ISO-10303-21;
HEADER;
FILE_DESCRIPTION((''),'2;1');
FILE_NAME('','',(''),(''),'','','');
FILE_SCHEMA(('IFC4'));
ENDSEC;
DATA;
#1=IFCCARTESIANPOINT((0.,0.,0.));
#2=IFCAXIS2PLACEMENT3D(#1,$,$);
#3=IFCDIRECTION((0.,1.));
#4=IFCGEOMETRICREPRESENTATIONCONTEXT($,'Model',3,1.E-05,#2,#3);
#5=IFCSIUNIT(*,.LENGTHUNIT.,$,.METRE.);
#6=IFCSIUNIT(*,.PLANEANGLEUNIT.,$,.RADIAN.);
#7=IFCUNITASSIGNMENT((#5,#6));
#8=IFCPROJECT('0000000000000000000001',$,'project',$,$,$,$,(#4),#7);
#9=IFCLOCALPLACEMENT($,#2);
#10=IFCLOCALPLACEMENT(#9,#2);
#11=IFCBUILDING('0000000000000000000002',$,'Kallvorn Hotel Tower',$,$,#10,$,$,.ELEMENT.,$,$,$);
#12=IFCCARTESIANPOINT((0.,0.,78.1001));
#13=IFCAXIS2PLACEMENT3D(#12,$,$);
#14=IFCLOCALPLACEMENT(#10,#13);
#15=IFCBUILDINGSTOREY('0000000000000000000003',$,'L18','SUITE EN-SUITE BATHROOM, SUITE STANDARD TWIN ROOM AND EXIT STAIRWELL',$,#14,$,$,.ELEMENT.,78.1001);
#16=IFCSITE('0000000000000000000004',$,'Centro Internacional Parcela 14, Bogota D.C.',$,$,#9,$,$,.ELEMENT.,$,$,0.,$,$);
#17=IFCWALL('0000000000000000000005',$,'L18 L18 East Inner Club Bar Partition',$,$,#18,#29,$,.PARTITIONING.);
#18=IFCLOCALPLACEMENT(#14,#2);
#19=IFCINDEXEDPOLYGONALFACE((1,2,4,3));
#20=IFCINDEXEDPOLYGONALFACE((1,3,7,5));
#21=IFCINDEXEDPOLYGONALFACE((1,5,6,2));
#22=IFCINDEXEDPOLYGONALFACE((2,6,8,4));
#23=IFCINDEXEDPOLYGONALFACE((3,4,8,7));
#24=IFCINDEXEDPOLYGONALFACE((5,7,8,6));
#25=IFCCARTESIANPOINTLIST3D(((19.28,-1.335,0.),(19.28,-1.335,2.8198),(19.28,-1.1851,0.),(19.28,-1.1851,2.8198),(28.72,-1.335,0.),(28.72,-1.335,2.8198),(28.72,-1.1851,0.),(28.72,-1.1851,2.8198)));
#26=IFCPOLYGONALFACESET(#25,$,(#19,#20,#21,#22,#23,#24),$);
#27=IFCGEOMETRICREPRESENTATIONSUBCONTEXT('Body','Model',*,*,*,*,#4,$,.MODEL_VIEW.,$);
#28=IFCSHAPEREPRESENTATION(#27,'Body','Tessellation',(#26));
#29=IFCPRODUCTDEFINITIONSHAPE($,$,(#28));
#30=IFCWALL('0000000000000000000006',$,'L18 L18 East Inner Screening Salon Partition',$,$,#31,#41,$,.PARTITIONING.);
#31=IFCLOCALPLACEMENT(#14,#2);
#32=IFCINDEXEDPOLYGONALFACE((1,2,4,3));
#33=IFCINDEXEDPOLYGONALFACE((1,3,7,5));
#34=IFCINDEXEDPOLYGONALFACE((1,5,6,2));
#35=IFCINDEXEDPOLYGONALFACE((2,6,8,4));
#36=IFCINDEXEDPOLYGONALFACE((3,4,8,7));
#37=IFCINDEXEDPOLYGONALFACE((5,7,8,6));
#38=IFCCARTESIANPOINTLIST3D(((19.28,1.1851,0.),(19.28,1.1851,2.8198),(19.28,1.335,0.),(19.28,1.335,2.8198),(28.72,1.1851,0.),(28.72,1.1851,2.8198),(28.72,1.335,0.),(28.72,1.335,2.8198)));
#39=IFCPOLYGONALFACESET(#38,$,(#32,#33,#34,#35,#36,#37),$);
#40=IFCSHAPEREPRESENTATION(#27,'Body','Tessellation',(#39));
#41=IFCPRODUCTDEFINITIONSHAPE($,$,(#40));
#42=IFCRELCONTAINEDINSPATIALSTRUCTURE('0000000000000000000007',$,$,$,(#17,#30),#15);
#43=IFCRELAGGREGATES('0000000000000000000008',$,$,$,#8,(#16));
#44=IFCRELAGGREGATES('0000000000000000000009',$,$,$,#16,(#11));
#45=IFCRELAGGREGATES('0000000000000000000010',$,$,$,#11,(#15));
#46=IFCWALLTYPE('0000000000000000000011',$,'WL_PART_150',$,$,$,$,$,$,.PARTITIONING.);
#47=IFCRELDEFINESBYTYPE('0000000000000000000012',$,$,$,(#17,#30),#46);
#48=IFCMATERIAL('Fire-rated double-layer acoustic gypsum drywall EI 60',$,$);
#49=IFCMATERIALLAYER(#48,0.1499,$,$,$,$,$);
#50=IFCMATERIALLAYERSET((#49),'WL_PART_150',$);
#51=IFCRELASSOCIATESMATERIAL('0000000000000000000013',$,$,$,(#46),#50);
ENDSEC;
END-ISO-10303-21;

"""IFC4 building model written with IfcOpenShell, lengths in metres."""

from ifc_helpers import new_model, si_unit, direction, frame, frame_2d, origin, place, context, subcontext, project, spatial, rectangle, extrude, material, layer, layer_set, type_object, element, save


model = new_model("IFC4")

# Units and contexts
model_context = context("Model", 3, precision=1e-05, world=origin(), true_north=direction((0.0, 1.0)))
body_context = subcontext(model_context, "Body", "Model", "MODEL_VIEW")
ifc_project = project(units=[si_unit("LENGTHUNIT", "METRE"), si_unit("PLANEANGLEUNIT", "RADIAN")], contexts=[model_context])

# Site, building, storey
site_placement = place(None, origin())
site = spatial("IfcSite", under=ifc_project, at=site_placement, Name="Centro Internacional Parcela 14, Bogota D.C.", CompositionType="ELEMENT", RefElevation=0.0)
building_placement = place(site_placement, origin())
building = spatial("IfcBuilding", under=site, at=building_placement, Name="Kallvorn Hotel Tower", CompositionType="ELEMENT")
storey_placement = place(building_placement, frame((0.0, 0.0, 78.1001)))
storey = spatial("IfcBuildingStorey", under=building, at=storey_placement, Name="L18", Description="SUITE EN-SUITE BATHROOM, SUITE STANDARD TWIN ROOM AND EXIT STAIRWELL", CompositionType="ELEMENT", Elevation=78.1001)

# Walls
ifc_material_1 = material(Name="Fire-rated double-layer acoustic gypsum drywall EI 60")
ifc_layer_1 = layer(ifc_material_1, 0.1499)
ifc_layer_set_1 = layer_set([ifc_layer_1], Name="WL_PART_150")
wall_type_1 = type_object("IfcWallType", Name="WL_PART_150", PredefinedType="PARTITIONING", material=ifc_layer_set_1)
for number, where, z_axis, x_axis, name in (
    (1, (19.28, -1.26, 0.0), (0.0, 0.0, 1.0), (1.0, 0.0, 0.0), "L18 L18 East Inner Club Bar Partition"),
    (2, (19.28, 1.26, 0.0), (0.0, 0.0, 1.0), (1.0, 0.0, 0.0), "L18 L18 East Inner Screening Salon Partition"),
):
    element("IfcWall", number, at=place(storey_placement, frame(where, z_axis=z_axis, x_axis=x_axis)), inside=storey, type_object=wall_type_1, Name=name, PredefinedType="PARTITIONING", context=body_context, shape_type="SweptSolid", body=[
        extrude(rectangle(XDim=9.4399, YDim=0.1499, at=frame_2d((4.72, 0.0))), origin(), (0.0, 0.0, 1.0), 2.8198),
    ])

save(model, "model.ifc")
